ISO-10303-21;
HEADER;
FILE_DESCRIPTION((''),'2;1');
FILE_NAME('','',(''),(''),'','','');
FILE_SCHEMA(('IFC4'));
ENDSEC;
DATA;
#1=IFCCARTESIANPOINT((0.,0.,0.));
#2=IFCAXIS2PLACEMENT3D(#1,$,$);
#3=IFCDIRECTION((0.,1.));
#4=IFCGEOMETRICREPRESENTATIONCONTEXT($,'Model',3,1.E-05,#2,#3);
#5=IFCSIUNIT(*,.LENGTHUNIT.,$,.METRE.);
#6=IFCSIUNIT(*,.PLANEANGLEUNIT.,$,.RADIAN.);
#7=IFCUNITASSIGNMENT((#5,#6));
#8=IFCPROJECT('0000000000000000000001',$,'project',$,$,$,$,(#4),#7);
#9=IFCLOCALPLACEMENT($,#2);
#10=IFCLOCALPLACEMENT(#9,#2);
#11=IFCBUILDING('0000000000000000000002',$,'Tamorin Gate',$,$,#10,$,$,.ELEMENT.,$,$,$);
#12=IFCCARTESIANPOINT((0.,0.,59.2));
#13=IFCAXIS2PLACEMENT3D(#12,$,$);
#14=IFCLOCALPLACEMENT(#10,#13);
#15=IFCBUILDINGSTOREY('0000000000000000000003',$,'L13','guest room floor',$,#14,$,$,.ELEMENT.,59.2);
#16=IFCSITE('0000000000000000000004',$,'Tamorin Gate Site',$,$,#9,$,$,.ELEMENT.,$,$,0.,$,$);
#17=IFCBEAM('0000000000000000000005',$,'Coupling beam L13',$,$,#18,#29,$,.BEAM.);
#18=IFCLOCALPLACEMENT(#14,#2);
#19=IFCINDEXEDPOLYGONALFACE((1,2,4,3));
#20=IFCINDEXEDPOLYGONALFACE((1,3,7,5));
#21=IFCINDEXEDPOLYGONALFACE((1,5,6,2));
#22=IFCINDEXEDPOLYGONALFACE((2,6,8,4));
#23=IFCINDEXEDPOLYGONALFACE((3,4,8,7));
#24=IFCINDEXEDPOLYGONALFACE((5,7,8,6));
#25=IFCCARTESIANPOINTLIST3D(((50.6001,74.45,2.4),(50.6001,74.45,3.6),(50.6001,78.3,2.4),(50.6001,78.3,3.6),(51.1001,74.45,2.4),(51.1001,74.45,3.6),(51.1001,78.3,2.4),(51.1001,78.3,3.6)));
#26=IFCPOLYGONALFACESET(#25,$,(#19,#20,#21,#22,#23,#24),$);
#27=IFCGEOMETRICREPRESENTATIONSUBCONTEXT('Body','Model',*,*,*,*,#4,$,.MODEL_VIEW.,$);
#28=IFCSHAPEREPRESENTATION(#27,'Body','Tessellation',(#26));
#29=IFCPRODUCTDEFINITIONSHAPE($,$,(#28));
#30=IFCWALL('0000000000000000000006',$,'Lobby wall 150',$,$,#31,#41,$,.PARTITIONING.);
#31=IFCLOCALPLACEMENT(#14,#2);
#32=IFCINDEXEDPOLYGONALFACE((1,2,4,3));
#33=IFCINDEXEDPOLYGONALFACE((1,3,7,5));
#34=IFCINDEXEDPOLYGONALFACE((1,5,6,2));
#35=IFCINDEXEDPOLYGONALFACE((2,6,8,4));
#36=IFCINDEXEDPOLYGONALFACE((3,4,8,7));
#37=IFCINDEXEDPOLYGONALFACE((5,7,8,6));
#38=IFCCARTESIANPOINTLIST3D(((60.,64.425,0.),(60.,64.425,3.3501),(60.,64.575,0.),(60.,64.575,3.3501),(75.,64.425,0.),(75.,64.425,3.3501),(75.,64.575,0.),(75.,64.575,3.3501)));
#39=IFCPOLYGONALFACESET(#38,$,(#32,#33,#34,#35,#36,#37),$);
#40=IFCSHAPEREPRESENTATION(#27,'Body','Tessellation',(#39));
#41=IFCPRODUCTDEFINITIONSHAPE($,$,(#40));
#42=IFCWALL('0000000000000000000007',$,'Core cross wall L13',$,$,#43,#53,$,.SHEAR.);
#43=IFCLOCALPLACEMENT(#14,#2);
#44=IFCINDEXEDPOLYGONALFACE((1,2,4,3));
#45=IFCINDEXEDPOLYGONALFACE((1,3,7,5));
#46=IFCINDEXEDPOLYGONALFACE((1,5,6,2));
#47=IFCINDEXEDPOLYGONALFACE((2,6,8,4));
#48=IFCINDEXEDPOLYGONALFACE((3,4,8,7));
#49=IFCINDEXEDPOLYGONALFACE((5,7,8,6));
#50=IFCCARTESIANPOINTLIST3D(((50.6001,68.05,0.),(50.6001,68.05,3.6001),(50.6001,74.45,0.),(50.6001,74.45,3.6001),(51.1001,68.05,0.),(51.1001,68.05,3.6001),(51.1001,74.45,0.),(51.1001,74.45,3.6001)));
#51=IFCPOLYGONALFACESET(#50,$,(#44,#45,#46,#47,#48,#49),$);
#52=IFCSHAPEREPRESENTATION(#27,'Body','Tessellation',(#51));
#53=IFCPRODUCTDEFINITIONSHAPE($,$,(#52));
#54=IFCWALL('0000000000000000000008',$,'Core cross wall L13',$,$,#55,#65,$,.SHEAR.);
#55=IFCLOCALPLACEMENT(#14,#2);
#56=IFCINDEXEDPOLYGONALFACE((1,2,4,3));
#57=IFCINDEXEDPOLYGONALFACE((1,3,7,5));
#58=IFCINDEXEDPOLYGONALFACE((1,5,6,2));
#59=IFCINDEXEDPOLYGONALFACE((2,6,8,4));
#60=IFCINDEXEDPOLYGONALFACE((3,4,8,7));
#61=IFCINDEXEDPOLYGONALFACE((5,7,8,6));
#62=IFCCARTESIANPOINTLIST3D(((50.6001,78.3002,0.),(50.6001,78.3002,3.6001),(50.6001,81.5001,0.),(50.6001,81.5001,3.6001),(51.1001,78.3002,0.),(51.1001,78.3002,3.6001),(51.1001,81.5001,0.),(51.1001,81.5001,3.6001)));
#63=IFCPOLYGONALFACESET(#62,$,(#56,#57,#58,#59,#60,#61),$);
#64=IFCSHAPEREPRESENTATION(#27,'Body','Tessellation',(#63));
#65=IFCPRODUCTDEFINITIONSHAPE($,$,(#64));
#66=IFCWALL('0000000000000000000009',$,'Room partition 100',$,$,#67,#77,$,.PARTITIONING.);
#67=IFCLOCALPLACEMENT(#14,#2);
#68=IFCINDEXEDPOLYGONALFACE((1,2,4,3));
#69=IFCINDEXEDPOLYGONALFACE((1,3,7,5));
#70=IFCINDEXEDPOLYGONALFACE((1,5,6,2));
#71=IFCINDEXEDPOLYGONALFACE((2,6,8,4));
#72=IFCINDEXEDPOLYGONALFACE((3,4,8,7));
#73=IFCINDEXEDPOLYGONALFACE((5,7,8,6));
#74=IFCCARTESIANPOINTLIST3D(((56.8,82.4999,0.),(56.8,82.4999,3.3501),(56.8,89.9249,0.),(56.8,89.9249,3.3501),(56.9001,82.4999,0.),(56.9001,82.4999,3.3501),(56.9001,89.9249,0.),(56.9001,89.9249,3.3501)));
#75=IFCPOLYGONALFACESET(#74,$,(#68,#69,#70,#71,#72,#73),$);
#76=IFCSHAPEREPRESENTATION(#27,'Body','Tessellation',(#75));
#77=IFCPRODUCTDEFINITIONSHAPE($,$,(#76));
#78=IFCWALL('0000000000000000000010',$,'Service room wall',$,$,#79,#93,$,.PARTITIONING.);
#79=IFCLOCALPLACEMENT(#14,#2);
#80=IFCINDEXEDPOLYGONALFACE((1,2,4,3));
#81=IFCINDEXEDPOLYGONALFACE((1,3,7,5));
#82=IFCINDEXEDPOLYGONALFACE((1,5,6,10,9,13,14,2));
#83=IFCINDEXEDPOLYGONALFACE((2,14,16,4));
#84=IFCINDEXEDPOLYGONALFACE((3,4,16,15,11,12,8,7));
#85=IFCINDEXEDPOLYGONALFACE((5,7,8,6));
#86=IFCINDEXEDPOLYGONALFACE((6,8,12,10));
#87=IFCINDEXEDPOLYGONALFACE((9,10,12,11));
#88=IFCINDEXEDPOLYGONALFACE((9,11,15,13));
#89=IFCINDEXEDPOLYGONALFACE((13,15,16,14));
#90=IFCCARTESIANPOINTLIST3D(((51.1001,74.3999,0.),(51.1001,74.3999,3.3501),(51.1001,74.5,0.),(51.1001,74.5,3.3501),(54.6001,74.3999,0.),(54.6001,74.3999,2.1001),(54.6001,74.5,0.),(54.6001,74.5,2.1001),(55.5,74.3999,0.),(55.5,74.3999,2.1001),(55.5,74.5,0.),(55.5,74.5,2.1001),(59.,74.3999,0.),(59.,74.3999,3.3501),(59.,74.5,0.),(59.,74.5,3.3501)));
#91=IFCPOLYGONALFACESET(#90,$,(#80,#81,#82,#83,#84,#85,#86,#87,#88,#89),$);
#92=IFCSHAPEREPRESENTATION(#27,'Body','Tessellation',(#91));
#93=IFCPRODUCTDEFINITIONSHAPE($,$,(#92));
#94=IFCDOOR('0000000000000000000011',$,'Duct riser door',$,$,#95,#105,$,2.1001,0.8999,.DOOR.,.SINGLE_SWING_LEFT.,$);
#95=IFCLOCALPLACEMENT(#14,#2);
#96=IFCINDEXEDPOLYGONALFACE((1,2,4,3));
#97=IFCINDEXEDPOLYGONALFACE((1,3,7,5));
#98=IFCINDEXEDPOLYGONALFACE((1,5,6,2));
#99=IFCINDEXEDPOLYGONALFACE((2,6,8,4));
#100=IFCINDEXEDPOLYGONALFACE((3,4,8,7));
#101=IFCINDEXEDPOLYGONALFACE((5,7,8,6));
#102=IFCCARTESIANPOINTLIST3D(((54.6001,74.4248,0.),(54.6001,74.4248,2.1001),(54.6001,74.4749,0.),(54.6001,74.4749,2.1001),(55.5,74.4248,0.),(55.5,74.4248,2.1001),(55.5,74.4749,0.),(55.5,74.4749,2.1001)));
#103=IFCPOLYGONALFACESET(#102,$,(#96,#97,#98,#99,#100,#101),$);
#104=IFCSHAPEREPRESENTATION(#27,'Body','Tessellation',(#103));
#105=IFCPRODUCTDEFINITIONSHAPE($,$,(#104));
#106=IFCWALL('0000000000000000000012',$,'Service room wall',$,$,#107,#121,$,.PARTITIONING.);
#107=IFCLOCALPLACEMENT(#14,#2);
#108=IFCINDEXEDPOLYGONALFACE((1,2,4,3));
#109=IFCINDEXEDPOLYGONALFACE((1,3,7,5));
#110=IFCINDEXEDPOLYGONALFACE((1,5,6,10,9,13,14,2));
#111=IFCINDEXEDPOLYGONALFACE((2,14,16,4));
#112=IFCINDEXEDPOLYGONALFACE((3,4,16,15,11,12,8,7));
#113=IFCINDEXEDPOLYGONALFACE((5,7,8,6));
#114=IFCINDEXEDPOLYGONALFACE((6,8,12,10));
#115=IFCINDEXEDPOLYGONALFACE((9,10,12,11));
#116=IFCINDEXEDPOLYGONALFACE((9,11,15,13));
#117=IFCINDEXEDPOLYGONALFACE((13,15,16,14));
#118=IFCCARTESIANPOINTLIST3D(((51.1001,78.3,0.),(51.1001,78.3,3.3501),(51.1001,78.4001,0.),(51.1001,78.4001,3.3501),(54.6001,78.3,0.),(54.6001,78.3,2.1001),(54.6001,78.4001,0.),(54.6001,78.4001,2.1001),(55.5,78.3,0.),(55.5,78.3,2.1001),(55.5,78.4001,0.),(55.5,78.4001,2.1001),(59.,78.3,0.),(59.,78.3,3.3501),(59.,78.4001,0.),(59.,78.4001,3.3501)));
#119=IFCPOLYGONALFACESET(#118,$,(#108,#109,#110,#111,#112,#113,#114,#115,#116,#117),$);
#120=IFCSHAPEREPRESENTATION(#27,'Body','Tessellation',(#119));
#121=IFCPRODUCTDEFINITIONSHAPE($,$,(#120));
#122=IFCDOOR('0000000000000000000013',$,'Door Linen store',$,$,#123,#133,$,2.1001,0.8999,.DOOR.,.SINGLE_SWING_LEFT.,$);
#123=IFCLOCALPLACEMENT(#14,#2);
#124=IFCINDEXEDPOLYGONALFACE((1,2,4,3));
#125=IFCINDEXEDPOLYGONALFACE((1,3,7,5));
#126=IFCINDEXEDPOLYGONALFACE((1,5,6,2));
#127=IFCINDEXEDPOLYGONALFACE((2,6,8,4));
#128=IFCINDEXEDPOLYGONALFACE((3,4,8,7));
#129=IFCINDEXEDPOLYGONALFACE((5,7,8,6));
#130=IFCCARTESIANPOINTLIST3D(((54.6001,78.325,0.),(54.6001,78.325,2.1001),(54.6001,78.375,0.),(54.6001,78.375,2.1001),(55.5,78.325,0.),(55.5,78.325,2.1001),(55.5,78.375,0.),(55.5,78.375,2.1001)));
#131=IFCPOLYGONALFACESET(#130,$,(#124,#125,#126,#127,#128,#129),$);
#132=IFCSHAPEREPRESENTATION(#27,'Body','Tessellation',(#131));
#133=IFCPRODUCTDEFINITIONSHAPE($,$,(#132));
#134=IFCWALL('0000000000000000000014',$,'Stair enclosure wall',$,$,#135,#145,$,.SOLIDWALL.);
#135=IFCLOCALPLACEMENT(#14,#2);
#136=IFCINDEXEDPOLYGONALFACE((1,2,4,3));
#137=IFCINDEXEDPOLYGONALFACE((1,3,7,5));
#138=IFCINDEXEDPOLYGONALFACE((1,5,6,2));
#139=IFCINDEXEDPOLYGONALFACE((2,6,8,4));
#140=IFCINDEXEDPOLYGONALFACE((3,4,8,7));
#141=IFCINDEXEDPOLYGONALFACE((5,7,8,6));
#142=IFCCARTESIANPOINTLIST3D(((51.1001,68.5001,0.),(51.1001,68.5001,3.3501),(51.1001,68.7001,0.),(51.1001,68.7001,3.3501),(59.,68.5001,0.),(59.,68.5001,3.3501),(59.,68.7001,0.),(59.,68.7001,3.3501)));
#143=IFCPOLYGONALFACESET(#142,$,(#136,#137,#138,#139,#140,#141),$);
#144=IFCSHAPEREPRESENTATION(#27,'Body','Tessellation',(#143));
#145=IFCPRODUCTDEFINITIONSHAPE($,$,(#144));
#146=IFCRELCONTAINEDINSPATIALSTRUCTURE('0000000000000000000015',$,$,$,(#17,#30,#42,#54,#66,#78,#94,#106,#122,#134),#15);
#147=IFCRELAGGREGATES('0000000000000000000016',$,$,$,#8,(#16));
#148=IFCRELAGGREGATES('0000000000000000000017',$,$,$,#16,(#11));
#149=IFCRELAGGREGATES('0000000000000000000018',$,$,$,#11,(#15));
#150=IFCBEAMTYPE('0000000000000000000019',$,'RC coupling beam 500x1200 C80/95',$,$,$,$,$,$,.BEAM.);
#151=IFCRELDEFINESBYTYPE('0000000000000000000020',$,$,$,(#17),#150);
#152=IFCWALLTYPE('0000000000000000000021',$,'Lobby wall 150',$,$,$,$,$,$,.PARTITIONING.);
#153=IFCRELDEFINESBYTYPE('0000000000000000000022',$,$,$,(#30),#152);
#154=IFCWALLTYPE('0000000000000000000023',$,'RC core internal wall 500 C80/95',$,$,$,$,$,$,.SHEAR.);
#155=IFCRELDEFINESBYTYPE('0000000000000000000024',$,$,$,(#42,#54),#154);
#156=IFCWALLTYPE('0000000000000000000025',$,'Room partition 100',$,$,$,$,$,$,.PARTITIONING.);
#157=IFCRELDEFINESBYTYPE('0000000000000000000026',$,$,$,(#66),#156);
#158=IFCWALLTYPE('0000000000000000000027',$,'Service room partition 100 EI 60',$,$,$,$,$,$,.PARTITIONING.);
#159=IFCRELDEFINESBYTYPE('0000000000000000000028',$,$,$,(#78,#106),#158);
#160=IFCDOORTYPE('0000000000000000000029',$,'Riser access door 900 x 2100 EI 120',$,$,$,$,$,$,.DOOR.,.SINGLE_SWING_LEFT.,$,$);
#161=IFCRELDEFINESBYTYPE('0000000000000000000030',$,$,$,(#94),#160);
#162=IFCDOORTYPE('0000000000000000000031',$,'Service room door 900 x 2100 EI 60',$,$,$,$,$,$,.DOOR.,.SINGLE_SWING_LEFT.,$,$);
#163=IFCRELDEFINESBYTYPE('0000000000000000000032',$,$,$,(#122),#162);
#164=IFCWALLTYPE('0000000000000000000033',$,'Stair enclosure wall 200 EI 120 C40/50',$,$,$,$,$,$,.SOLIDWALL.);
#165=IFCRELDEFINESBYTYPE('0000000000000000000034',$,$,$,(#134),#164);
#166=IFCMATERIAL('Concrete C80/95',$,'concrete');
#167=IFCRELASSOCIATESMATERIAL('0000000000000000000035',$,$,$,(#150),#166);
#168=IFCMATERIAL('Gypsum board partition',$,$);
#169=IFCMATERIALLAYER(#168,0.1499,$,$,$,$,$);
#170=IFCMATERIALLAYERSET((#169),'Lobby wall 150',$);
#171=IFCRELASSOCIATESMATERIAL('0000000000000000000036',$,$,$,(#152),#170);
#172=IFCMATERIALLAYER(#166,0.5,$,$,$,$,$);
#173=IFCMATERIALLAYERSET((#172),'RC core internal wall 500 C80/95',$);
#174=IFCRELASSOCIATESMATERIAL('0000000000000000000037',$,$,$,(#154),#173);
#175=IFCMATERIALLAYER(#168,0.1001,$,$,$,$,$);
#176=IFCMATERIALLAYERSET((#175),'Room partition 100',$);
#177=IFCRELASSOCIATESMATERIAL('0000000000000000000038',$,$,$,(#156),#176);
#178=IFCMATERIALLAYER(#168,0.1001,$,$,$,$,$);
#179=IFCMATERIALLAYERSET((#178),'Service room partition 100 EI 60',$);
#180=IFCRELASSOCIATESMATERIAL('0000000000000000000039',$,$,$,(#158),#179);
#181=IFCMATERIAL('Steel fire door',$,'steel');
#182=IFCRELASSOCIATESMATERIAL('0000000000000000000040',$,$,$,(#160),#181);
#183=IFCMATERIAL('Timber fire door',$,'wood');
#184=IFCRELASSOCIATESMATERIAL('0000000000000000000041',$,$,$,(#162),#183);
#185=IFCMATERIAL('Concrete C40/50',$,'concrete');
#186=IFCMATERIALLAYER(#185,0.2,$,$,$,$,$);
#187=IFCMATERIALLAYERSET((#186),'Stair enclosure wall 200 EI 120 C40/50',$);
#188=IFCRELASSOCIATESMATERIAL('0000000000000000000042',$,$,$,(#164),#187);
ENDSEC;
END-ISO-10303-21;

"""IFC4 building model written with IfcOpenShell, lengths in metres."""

from ifc_helpers import new_model, si_unit, direction, frame, frame_2d, origin, origin_2d, place, context, subcontext, project, spatial, rectangle, extrude, material, layer, layer_set, material_profile, profile_set, type_object, element, fill, save


model = new_model("IFC4")

# Units and contexts
model_context = context("Model", 3, precision=1e-05, world=origin(), true_north=direction((0.0, 1.0)))
body_context = subcontext(model_context, "Body", "Model", "MODEL_VIEW")
ifc_project = project(units=[si_unit("LENGTHUNIT", "METRE"), si_unit("PLANEANGLEUNIT", "RADIAN")], contexts=[model_context])

# Site, building, storey
site_placement = place(None, origin())
site = spatial("IfcSite", under=ifc_project, at=site_placement, Name="Tamorin Gate Site", CompositionType="ELEMENT", RefElevation=0.0)
building_placement = place(site_placement, origin())
building = spatial("IfcBuilding", under=site, at=building_placement, Name="Tamorin Gate", CompositionType="ELEMENT")
storey_placement = place(building_placement, frame((0.0, 0.0, 59.2)))
storey = spatial("IfcBuildingStorey", under=building, at=storey_placement, Name="L13", Description="guest room floor", CompositionType="ELEMENT", Elevation=59.2)

# Beam
ifc_material_1 = material(Name="Concrete C80/95", Category="concrete")
ifc_material_profile = material_profile(ifc_material_1, rectangle(XDim=0.5, YDim=1.2, at=origin_2d()), Name="RC 500x1200")
ifc_profile_set = profile_set([ifc_material_profile], Name="Concrete C80/95")
beam_type = type_object("IfcBeamType", Name="RC coupling beam 500x1200 C80/95", PredefinedType="BEAM", material=ifc_profile_set)
beam_placement = place(storey_placement, frame((50.8501, 74.45, 3.0), z_axis=(0.0, 1.0, 0.0), x_axis=(-1.0, 0.0, 0.0)))
element("IfcBeam", 1, at=beam_placement, inside=storey, type_object=beam_type, Name="Coupling beam L13", PredefinedType="BEAM", context=body_context, shape_type="SweptSolid", body=[
    extrude(rectangle(XDim=0.5, YDim=1.2, at=origin_2d()), origin(), (0.0, 0.0, 1.0), 3.8501),
])

# Walls
ifc_material_2 = material(Name="Gypsum board partition")
ifc_layer_1 = layer(ifc_material_2, 0.1499)
ifc_layer_set_1 = layer_set([ifc_layer_1], Name="Lobby wall 150")
wall_type_1 = type_object("IfcWallType", Name="Lobby wall 150", PredefinedType="PARTITIONING", material=ifc_layer_set_1)
wall_1_placement = place(storey_placement, frame((60.0, 64.5, 0.0), z_axis=(0.0, 0.0, 1.0), x_axis=(1.0, 0.0, 0.0)))
element("IfcWall", 2, at=wall_1_placement, inside=storey, type_object=wall_type_1, Name="Lobby wall 150", PredefinedType="PARTITIONING", context=body_context, shape_type="SweptSolid", body=[
    extrude(rectangle(XDim=15.0, YDim=0.1499, at=frame_2d((7.5, 0.0))), origin(), (0.0, 0.0, 1.0), 3.3501),
])
ifc_layer_2 = layer(ifc_material_1, 0.5)
ifc_layer_set_2 = layer_set([ifc_layer_2], Name="RC core internal wall 500 C80/95")
wall_type_2 = type_object("IfcWallType", Name="RC core internal wall 500 C80/95", PredefinedType="SHEAR", material=ifc_layer_set_2)
wall_2_placement = place(storey_placement, frame((50.8501, 68.05, 0.0), z_axis=(0.0, 0.0, 1.0), x_axis=(0.0, 1.0, 0.0)))
element("IfcWall", 3, at=wall_2_placement, inside=storey, type_object=wall_type_2, Name="Core cross wall L13", PredefinedType="SHEAR", context=body_context, shape_type="SweptSolid", body=[
    extrude(rectangle(XDim=6.3999, YDim=0.5, at=frame_2d((3.2, 0.0))), origin(), (0.0, 0.0, 1.0), 3.6001),
])
wall_3_placement = place(storey_placement, frame((50.8501, 78.3, 0.0), z_axis=(0.0, 0.0, 1.0), x_axis=(0.0, 1.0, 0.0)))
element("IfcWall", 4, at=wall_3_placement, inside=storey, type_object=wall_type_2, Name="Core cross wall L13", PredefinedType="SHEAR", context=body_context, shape_type="SweptSolid", body=[
    extrude(rectangle(XDim=3.2, YDim=0.5, at=frame_2d((1.6001, 0.0))), origin(), (0.0, 0.0, 1.0), 3.6001),
])
ifc_layer_3 = layer(ifc_material_2, 0.1001)
ifc_layer_set_3 = layer_set([ifc_layer_3], Name="Room partition 100")
wall_type_3 = type_object("IfcWallType", Name="Room partition 100", PredefinedType="PARTITIONING", material=ifc_layer_set_3)
wall_4_placement = place(storey_placement, frame((56.8501, 82.5, 0.0), z_axis=(0.0, 0.0, 1.0), x_axis=(0.0, 1.0, 0.0)))
element("IfcWall", 5, at=wall_4_placement, inside=storey, type_object=wall_type_3, Name="Room partition 100", PredefinedType="PARTITIONING", context=body_context, shape_type="SweptSolid", body=[
    extrude(rectangle(XDim=7.425, YDim=0.1001, at=frame_2d((3.7124, 0.0))), origin(), (0.0, 0.0, 1.0), 3.3501),
])

# Walls, openings, doors
ifc_layer_4 = layer(ifc_material_2, 0.1001)
ifc_layer_set_4 = layer_set([ifc_layer_4], Name="Service room partition 100 EI 60")
wall_type_4 = type_object("IfcWallType", Name="Service room partition 100 EI 60", PredefinedType="PARTITIONING", material=ifc_layer_set_4)
wall_5_placement = place(storey_placement, frame((51.1001, 74.45, 0.0), z_axis=(0.0, 0.0, 1.0), x_axis=(1.0, 0.0, 0.0)))
wall_5 = element("IfcWall", 6, at=wall_5_placement, inside=storey, type_object=wall_type_4, Name="Service room wall", PredefinedType="PARTITIONING", context=body_context, shape_type="SweptSolid", body=[
    extrude(rectangle(XDim=7.8999, YDim=0.1001, at=frame_2d((3.95, 0.0))), origin(), (0.0, 0.0, 1.0), 3.3501),
])
opening_1_placement = place(wall_5_placement, frame((3.5, 0.0, 0.0)))
opening_1 = element("IfcOpeningElement", 7, at=opening_1_placement, cuts=wall_5, PredefinedType="OPENING", context=body_context, shape_type="SweptSolid", body=[
    extrude(rectangle(XDim=0.8999, YDim=2.1001, at=frame_2d((0.45, 1.05))), frame((0.0, 0.0601, 0.0), z_axis=(0.0, -1.0, 0.0), x_axis=(1.0, 0.0, 0.0)), (0.0, 0.0, 1.0), 0.1201),
])
ifc_material_3 = material(Name="Steel fire door", Category="steel")
door_type_1 = type_object("IfcDoorType", Name="Riser access door 900 x 2100 EI 120", OperationType="SINGLE_SWING_LEFT", PredefinedType="DOOR", material=ifc_material_3)
door_1_placement = place(opening_1_placement, origin())
door_1 = element("IfcDoor", 8, at=door_1_placement, inside=storey, type_object=door_type_1, Name="Duct riser door", OperationType="SINGLE_SWING_LEFT", OverallHeight=2.1001, OverallWidth=0.8999, PredefinedType="DOOR", context=body_context, shape_type="SweptSolid", body=[
    extrude(rectangle(XDim=0.8999, YDim=2.1001, at=frame_2d((0.45, 1.05))), frame((0.0, 0.0249, 0.0), z_axis=(0.0, -1.0, 0.0), x_axis=(1.0, 0.0, 0.0)), (0.0, 0.0, 1.0), 0.05),
])
fill(opening_1, door_1)
wall_6_placement = place(storey_placement, frame((51.1001, 78.3501, 0.0), z_axis=(0.0, 0.0, 1.0), x_axis=(1.0, 0.0, 0.0)))
wall_6 = element("IfcWall", 9, at=wall_6_placement, inside=storey, type_object=wall_type_4, Name="Service room wall", PredefinedType="PARTITIONING", context=body_context, shape_type="SweptSolid", body=[
    extrude(rectangle(XDim=7.8999, YDim=0.1001, at=frame_2d((3.95, 0.0))), origin(), (0.0, 0.0, 1.0), 3.3501),
])
opening_2_placement = place(wall_6_placement, frame((3.5, 0.0, 0.0)))
opening_2 = element("IfcOpeningElement", 10, at=opening_2_placement, cuts=wall_6, PredefinedType="OPENING", context=body_context, shape_type="SweptSolid", body=[
    extrude(rectangle(XDim=0.8999, YDim=2.1001, at=frame_2d((0.45, 1.05))), frame((0.0, 0.0601, 0.0), z_axis=(0.0, -1.0, 0.0), x_axis=(1.0, 0.0, 0.0)), (0.0, 0.0, 1.0), 0.1201),
])
ifc_material_4 = material(Name="Timber fire door", Category="wood")
door_type_2 = type_object("IfcDoorType", Name="Service room door 900 x 2100 EI 60", OperationType="SINGLE_SWING_LEFT", PredefinedType="DOOR", material=ifc_material_4)
door_2_placement = place(opening_2_placement, origin())
door_2 = element("IfcDoor", 11, at=door_2_placement, inside=storey, type_object=door_type_2, Name="Door Linen store", OperationType="SINGLE_SWING_LEFT", OverallHeight=2.1001, OverallWidth=0.8999, PredefinedType="DOOR", context=body_context, shape_type="SweptSolid", body=[
    extrude(rectangle(XDim=0.8999, YDim=2.1001, at=frame_2d((0.45, 1.05))), frame((0.0, 0.0249, 0.0), z_axis=(0.0, -1.0, 0.0), x_axis=(1.0, 0.0, 0.0)), (0.0, 0.0, 1.0), 0.05),
])
fill(opening_2, door_2)

# Wall
ifc_material_5 = material(Name="Concrete C40/50", Category="concrete")
ifc_layer_5 = layer(ifc_material_5, 0.2)
ifc_layer_set_5 = layer_set([ifc_layer_5], Name="Stair enclosure wall 200 EI 120 C40/50")
wall_type_5 = type_object("IfcWallType", Name="Stair enclosure wall 200 EI 120 C40/50", PredefinedType="SOLIDWALL", material=ifc_layer_set_5)
wall_7_placement = place(storey_placement, frame((51.1001, 68.6001, 0.0), z_axis=(0.0, 0.0, 1.0), x_axis=(1.0, 0.0, 0.0)))
element("IfcWall", 12, at=wall_7_placement, inside=storey, type_object=wall_type_5, Name="Stair enclosure wall", PredefinedType="SOLIDWALL", context=body_context, shape_type="SweptSolid", body=[
    extrude(rectangle(XDim=7.8999, YDim=0.2, at=frame_2d((3.95, 0.0))), origin(), (0.0, 0.0, 1.0), 3.3501),
])

save(model, "model.ifc")
